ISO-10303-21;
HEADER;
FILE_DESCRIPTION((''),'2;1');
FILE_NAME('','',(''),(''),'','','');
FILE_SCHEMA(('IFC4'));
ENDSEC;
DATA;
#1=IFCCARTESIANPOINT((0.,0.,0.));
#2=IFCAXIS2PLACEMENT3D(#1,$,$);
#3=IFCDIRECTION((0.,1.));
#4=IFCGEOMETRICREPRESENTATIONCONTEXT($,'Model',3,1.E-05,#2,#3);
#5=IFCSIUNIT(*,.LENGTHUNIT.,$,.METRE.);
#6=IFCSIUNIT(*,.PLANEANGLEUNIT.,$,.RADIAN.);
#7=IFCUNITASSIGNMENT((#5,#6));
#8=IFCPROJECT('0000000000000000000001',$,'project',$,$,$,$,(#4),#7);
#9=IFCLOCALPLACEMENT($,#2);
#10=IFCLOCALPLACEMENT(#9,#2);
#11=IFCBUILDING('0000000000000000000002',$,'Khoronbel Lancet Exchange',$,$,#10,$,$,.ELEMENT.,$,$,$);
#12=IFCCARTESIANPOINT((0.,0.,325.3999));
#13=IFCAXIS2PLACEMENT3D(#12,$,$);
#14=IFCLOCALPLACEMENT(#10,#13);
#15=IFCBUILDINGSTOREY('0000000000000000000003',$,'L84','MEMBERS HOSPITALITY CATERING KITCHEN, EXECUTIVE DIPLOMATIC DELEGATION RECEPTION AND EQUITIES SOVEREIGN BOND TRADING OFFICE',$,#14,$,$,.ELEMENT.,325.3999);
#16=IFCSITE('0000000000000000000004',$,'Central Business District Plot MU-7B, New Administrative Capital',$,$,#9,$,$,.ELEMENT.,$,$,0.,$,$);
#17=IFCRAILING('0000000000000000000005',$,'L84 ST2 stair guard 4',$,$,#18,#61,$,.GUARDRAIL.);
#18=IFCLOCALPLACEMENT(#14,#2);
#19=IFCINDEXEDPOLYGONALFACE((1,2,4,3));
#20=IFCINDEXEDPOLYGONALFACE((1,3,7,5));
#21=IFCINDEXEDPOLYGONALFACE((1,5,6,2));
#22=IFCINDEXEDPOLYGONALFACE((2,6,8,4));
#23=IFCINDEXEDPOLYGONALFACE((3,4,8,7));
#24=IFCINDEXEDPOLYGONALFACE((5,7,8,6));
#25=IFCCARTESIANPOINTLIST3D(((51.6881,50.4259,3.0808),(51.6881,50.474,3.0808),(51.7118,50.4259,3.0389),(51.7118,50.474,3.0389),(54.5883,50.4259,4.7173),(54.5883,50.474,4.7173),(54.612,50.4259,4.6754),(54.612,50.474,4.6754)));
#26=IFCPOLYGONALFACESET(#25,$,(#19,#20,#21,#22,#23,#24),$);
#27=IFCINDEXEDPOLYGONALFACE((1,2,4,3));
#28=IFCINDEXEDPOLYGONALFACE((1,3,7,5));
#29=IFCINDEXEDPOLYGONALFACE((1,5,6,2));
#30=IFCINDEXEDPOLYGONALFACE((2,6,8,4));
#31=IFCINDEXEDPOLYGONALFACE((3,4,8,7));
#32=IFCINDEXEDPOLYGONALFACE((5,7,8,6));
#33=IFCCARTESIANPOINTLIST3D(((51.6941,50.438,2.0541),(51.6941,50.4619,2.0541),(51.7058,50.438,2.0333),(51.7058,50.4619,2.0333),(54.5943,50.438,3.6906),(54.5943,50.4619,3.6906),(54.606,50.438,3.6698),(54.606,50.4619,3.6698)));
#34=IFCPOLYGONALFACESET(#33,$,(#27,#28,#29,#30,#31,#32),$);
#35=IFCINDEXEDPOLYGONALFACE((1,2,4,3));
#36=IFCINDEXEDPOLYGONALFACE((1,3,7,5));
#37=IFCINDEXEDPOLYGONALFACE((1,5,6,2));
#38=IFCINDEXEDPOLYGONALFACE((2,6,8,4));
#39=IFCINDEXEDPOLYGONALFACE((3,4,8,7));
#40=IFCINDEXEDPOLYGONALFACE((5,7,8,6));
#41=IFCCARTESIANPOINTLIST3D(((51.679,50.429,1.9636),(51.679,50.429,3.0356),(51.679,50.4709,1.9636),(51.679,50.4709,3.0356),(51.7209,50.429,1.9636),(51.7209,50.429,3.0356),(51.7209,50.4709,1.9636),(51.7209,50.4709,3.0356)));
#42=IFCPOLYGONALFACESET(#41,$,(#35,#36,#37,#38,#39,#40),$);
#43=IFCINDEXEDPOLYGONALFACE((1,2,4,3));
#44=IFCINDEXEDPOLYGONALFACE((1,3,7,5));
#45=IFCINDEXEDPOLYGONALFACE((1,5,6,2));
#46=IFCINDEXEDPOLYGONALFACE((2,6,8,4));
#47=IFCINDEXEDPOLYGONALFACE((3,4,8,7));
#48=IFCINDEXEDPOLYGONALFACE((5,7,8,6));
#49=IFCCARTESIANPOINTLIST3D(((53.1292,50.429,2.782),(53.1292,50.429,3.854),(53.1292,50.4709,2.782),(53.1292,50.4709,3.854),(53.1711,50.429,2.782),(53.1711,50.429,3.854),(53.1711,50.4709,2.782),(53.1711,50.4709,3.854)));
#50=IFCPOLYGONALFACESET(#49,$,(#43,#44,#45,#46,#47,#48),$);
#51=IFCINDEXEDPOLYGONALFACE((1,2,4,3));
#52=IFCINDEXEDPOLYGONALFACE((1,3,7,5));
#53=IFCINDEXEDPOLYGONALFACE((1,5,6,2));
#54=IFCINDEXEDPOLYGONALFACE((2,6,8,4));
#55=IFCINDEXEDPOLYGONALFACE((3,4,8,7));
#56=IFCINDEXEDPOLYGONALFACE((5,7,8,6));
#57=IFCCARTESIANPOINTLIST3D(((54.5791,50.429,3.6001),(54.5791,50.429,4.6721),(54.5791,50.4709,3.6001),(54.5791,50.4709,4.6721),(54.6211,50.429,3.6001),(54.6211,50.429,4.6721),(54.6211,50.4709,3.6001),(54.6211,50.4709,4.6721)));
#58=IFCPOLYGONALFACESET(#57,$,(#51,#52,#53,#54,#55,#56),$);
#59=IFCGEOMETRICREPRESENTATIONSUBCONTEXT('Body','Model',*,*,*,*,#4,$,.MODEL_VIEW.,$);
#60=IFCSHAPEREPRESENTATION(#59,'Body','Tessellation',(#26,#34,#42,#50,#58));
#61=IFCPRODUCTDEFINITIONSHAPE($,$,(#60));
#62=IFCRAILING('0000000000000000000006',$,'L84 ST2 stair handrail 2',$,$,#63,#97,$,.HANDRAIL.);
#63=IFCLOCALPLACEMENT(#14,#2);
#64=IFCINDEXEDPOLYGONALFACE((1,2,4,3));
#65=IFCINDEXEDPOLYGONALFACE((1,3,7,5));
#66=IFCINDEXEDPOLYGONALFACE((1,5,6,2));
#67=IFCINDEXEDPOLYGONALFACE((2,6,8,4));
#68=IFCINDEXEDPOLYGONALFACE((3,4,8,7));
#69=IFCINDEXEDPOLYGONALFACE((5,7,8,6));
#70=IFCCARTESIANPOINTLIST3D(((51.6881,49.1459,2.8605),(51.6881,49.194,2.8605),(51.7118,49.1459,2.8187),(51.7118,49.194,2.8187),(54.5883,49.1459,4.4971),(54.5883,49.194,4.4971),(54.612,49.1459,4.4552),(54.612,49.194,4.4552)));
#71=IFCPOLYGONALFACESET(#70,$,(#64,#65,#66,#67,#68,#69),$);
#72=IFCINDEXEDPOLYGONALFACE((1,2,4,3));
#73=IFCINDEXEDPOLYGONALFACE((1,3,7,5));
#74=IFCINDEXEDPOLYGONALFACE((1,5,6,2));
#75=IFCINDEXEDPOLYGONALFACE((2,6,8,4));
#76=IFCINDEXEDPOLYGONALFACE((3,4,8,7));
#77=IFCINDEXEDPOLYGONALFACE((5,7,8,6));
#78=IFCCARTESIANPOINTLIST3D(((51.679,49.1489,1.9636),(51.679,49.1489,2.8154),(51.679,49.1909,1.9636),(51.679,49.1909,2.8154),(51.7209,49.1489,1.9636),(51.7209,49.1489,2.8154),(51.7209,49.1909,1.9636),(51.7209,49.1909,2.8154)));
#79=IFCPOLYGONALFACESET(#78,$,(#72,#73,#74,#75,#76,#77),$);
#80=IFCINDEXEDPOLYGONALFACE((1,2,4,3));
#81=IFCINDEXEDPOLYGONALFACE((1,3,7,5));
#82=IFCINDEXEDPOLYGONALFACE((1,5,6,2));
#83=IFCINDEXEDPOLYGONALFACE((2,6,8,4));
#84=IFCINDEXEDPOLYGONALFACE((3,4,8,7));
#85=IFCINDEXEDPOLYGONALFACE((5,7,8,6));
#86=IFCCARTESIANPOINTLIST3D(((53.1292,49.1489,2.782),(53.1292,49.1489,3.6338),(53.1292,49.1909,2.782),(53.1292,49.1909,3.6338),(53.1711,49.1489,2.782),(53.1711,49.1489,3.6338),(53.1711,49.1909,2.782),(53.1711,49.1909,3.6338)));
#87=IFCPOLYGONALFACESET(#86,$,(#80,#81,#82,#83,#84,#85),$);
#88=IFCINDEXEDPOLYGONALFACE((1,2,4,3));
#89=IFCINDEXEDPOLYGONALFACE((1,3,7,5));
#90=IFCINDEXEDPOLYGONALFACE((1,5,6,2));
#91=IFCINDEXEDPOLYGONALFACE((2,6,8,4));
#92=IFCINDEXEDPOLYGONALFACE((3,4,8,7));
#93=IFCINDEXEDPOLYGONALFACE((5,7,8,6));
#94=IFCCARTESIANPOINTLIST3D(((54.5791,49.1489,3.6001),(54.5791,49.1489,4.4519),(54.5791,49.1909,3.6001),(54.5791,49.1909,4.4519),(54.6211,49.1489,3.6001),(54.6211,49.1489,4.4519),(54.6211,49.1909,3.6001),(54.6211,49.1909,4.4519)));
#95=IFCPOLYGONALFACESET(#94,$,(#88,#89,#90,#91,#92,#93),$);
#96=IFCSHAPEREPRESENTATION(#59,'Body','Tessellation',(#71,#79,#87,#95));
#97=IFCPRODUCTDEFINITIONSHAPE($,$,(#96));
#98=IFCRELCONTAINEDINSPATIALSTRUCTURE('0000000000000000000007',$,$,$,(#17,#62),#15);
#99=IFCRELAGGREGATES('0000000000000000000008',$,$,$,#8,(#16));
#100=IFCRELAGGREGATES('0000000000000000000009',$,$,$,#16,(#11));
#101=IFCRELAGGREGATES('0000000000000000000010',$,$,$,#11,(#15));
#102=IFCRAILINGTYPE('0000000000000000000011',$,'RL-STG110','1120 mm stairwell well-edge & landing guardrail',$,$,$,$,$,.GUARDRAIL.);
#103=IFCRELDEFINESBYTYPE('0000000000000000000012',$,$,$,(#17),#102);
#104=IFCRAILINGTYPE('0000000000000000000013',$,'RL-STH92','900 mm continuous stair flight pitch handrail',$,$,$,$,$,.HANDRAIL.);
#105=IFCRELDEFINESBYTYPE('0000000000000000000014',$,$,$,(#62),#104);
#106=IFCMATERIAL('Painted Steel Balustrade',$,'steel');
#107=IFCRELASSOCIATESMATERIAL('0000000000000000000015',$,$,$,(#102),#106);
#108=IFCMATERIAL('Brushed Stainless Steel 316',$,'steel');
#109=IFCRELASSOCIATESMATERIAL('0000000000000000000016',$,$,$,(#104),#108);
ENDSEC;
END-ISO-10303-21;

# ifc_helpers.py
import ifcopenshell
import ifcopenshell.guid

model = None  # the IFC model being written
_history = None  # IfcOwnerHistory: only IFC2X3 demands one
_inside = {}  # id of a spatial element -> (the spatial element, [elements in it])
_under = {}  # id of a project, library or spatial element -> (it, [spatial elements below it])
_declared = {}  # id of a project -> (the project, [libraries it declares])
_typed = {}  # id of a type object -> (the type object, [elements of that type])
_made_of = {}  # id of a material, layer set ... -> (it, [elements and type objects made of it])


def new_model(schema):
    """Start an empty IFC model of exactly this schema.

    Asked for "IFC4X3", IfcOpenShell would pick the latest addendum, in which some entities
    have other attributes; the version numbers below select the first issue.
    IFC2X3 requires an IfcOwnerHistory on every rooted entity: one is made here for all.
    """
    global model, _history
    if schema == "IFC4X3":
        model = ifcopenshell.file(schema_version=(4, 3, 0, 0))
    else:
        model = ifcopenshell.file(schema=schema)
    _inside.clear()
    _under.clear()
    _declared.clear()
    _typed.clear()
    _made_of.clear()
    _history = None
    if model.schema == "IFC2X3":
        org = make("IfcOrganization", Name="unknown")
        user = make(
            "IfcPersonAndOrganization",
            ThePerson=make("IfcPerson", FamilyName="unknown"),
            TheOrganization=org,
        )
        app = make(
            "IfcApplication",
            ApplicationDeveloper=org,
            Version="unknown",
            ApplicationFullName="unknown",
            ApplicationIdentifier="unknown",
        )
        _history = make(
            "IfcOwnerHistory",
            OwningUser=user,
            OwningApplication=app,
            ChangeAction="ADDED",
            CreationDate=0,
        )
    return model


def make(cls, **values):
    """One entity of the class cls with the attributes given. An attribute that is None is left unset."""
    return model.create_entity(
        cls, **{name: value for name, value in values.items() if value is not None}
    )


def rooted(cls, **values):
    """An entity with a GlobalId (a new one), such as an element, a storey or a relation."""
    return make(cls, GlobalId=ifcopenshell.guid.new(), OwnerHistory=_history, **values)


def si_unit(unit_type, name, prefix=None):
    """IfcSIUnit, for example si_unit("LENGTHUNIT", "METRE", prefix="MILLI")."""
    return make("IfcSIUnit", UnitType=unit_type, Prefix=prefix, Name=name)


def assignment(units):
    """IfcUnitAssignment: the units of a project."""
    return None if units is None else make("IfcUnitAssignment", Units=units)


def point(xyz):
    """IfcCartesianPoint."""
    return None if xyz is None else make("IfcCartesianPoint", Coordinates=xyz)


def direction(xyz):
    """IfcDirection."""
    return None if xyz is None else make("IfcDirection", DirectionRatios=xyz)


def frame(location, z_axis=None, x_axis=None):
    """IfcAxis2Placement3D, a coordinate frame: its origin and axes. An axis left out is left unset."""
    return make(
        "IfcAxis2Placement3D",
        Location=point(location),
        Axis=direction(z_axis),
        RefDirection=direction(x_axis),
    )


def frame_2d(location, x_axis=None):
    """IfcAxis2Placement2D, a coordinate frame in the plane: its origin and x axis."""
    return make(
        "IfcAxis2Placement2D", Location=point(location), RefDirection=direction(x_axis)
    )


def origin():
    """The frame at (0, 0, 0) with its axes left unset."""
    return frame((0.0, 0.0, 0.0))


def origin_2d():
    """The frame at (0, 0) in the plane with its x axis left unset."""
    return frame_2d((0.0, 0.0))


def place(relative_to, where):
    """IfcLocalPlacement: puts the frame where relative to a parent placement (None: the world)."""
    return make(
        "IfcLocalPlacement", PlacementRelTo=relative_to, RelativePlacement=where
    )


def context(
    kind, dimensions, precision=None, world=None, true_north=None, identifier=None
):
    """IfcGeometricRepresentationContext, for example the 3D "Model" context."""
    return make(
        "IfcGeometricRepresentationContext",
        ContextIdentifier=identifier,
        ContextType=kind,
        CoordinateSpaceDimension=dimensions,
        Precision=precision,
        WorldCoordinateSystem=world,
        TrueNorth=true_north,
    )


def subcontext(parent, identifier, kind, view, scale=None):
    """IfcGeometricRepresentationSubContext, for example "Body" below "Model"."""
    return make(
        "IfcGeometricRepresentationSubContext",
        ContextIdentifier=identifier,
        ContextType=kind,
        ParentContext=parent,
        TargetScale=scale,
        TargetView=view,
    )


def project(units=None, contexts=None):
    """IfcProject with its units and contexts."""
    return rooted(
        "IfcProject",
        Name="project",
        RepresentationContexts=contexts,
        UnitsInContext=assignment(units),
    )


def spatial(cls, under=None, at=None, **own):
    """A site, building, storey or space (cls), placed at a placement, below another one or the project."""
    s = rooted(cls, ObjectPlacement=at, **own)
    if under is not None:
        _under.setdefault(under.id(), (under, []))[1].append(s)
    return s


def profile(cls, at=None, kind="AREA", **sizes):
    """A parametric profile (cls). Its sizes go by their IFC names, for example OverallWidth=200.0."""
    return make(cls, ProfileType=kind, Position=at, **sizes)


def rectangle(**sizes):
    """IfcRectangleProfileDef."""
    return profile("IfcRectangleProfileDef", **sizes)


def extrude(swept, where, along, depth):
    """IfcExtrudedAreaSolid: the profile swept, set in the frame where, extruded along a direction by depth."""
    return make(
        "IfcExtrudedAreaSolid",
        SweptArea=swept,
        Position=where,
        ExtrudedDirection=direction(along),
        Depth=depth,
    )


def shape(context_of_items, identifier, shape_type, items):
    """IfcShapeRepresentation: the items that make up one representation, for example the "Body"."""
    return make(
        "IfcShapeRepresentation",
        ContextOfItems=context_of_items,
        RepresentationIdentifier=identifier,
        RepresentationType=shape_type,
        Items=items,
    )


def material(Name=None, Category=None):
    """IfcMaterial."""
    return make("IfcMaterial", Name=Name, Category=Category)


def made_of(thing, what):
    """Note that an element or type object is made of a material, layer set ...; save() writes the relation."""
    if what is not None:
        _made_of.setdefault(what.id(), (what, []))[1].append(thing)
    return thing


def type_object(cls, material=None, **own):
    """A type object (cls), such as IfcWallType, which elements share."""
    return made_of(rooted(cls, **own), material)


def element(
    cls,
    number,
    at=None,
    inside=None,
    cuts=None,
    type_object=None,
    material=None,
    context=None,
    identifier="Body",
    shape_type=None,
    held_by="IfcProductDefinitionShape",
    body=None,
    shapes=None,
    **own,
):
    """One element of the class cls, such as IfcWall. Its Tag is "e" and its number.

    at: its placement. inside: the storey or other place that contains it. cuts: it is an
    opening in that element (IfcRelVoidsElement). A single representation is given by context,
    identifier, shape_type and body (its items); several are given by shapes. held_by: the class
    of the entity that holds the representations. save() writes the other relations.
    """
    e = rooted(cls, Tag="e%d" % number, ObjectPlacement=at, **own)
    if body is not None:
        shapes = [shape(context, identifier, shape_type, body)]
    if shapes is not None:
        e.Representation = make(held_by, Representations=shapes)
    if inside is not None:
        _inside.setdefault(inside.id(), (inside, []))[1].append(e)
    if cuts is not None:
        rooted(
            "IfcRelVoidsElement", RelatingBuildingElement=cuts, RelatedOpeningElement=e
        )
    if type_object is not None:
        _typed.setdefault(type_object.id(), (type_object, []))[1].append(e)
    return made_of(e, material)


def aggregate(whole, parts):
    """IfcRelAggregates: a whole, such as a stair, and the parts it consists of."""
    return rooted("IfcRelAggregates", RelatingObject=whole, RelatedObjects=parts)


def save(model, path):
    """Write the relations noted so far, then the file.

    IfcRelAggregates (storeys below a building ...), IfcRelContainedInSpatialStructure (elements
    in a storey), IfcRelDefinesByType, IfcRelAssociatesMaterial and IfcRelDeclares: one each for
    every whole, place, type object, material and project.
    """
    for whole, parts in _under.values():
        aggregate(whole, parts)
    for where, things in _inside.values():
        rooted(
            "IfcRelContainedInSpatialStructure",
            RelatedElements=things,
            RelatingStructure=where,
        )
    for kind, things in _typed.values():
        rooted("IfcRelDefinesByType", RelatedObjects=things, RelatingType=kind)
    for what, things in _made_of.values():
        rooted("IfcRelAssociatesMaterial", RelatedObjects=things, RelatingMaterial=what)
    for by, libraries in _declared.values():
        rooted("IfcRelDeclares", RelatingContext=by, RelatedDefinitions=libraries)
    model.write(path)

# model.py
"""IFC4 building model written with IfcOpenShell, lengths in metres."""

from ifc_helpers import new_model, si_unit, direction, frame, origin, origin_2d, place, context, subcontext, project, spatial, rectangle, extrude, material, type_object, element, save


model = new_model("IFC4")

# Units and contexts
model_context = context("Model", 3, precision=1e-05, world=origin(), true_north=direction((0.0, 1.0)))
body_context = subcontext(model_context, "Body", "Model", "MODEL_VIEW")
ifc_project = project(units=[si_unit("LENGTHUNIT", "METRE"), si_unit("PLANEANGLEUNIT", "RADIAN")], contexts=[model_context])

# Site, building, storey
site_placement = place(None, origin())
site = spatial("IfcSite", under=ifc_project, at=site_placement, Name="Central Business District Plot MU-7B, New Administrative Capital", CompositionType="ELEMENT", RefElevation=0.0)
building_placement = place(site_placement, origin())
building = spatial("IfcBuilding", under=site, at=building_placement, Name="Khoronbel Lancet Exchange", CompositionType="ELEMENT")
storey_placement = place(building_placement, frame((0.0, 0.0, 325.3999)))
storey = spatial("IfcBuildingStorey", under=building, at=storey_placement, Name="L84", Description="MEMBERS HOSPITALITY CATERING KITCHEN, EXECUTIVE DIPLOMATIC DELEGATION RECEPTION AND EQUITIES SOVEREIGN BOND TRADING OFFICE", CompositionType="ELEMENT", Elevation=325.3999)

# Railings
ifc_material_1 = material(Name="Painted Steel Balustrade", Category="steel")
railing_type_1 = type_object("IfcRailingType", Name="RL-STG110", Description="1120 mm stairwell well-edge & landing guardrail", PredefinedType="GUARDRAIL", material=ifc_material_1)
railing_1_placement = place(storey_placement, frame((51.7, 50.45, 1.9636)))
element("IfcRailing", 1, at=railing_1_placement, inside=storey, type_object=railing_type_1, Name="L84 ST2 stair guard 4", PredefinedType="GUARDRAIL", context=body_context, shape_type="SweptSolid", body=[
    extrude(rectangle(XDim=0.0481, YDim=0.0481, at=origin_2d()), frame((0.0, 0.0, 1.0962), z_axis=(0.870915, 0.0, 0.491434), x_axis=(0.0, 1.0, 0.0)), (0.0, 0.0, 1.0), 3.3301),
    extrude(rectangle(XDim=0.0239, YDim=0.0239, at=origin_2d()), frame((0.0, 0.0, 0.0801), z_axis=(0.870915, 0.0, 0.491434), x_axis=(0.0, 1.0, 0.0)), (0.0, 0.0, 1.0), 3.3301),
    extrude(rectangle(XDim=0.042, YDim=0.042, at=origin_2d()), origin(), (0.0, 0.0, 1.0), 1.072),
    extrude(rectangle(XDim=0.042, YDim=0.042, at=origin_2d()), frame((1.4502, 0.0, 0.8184)), (0.0, 0.0, 1.0), 1.072),
    extrude(rectangle(XDim=0.042, YDim=0.042, at=origin_2d()), frame((2.9001, 0.0, 1.6365)), (0.0, 0.0, 1.0), 1.072),
])
ifc_material_2 = material(Name="Brushed Stainless Steel 316", Category="steel")
railing_type_2 = type_object("IfcRailingType", Name="RL-STH92", Description="900 mm continuous stair flight pitch handrail", PredefinedType="HANDRAIL", material=ifc_material_2)
railing_2_placement = place(storey_placement, frame((51.7, 49.1699, 1.9636)))
element("IfcRailing", 2, at=railing_2_placement, inside=storey, type_object=railing_type_2, Name="L84 ST2 stair handrail 2", PredefinedType="HANDRAIL", context=body_context, shape_type="SweptSolid", body=[
    extrude(rectangle(XDim=0.0481, YDim=0.0481, at=origin_2d()), frame((0.0, 0.0, 0.876), z_axis=(0.870915, 0.0, 0.491434), x_axis=(0.0, 1.0, 0.0)), (0.0, 0.0, 1.0), 3.3301),
    extrude(rectangle(XDim=0.042, YDim=0.042, at=origin_2d()), origin(), (0.0, 0.0, 1.0), 0.8518),
    extrude(rectangle(XDim=0.042, YDim=0.042, at=origin_2d()), frame((1.4502, 0.0, 0.8184)), (0.0, 0.0, 1.0), 0.8518),
    extrude(rectangle(XDim=0.042, YDim=0.042, at=origin_2d()), frame((2.9001, 0.0, 1.6365)), (0.0, 0.0, 1.0), 0.8518),
])

save(model, "model.ifc")
